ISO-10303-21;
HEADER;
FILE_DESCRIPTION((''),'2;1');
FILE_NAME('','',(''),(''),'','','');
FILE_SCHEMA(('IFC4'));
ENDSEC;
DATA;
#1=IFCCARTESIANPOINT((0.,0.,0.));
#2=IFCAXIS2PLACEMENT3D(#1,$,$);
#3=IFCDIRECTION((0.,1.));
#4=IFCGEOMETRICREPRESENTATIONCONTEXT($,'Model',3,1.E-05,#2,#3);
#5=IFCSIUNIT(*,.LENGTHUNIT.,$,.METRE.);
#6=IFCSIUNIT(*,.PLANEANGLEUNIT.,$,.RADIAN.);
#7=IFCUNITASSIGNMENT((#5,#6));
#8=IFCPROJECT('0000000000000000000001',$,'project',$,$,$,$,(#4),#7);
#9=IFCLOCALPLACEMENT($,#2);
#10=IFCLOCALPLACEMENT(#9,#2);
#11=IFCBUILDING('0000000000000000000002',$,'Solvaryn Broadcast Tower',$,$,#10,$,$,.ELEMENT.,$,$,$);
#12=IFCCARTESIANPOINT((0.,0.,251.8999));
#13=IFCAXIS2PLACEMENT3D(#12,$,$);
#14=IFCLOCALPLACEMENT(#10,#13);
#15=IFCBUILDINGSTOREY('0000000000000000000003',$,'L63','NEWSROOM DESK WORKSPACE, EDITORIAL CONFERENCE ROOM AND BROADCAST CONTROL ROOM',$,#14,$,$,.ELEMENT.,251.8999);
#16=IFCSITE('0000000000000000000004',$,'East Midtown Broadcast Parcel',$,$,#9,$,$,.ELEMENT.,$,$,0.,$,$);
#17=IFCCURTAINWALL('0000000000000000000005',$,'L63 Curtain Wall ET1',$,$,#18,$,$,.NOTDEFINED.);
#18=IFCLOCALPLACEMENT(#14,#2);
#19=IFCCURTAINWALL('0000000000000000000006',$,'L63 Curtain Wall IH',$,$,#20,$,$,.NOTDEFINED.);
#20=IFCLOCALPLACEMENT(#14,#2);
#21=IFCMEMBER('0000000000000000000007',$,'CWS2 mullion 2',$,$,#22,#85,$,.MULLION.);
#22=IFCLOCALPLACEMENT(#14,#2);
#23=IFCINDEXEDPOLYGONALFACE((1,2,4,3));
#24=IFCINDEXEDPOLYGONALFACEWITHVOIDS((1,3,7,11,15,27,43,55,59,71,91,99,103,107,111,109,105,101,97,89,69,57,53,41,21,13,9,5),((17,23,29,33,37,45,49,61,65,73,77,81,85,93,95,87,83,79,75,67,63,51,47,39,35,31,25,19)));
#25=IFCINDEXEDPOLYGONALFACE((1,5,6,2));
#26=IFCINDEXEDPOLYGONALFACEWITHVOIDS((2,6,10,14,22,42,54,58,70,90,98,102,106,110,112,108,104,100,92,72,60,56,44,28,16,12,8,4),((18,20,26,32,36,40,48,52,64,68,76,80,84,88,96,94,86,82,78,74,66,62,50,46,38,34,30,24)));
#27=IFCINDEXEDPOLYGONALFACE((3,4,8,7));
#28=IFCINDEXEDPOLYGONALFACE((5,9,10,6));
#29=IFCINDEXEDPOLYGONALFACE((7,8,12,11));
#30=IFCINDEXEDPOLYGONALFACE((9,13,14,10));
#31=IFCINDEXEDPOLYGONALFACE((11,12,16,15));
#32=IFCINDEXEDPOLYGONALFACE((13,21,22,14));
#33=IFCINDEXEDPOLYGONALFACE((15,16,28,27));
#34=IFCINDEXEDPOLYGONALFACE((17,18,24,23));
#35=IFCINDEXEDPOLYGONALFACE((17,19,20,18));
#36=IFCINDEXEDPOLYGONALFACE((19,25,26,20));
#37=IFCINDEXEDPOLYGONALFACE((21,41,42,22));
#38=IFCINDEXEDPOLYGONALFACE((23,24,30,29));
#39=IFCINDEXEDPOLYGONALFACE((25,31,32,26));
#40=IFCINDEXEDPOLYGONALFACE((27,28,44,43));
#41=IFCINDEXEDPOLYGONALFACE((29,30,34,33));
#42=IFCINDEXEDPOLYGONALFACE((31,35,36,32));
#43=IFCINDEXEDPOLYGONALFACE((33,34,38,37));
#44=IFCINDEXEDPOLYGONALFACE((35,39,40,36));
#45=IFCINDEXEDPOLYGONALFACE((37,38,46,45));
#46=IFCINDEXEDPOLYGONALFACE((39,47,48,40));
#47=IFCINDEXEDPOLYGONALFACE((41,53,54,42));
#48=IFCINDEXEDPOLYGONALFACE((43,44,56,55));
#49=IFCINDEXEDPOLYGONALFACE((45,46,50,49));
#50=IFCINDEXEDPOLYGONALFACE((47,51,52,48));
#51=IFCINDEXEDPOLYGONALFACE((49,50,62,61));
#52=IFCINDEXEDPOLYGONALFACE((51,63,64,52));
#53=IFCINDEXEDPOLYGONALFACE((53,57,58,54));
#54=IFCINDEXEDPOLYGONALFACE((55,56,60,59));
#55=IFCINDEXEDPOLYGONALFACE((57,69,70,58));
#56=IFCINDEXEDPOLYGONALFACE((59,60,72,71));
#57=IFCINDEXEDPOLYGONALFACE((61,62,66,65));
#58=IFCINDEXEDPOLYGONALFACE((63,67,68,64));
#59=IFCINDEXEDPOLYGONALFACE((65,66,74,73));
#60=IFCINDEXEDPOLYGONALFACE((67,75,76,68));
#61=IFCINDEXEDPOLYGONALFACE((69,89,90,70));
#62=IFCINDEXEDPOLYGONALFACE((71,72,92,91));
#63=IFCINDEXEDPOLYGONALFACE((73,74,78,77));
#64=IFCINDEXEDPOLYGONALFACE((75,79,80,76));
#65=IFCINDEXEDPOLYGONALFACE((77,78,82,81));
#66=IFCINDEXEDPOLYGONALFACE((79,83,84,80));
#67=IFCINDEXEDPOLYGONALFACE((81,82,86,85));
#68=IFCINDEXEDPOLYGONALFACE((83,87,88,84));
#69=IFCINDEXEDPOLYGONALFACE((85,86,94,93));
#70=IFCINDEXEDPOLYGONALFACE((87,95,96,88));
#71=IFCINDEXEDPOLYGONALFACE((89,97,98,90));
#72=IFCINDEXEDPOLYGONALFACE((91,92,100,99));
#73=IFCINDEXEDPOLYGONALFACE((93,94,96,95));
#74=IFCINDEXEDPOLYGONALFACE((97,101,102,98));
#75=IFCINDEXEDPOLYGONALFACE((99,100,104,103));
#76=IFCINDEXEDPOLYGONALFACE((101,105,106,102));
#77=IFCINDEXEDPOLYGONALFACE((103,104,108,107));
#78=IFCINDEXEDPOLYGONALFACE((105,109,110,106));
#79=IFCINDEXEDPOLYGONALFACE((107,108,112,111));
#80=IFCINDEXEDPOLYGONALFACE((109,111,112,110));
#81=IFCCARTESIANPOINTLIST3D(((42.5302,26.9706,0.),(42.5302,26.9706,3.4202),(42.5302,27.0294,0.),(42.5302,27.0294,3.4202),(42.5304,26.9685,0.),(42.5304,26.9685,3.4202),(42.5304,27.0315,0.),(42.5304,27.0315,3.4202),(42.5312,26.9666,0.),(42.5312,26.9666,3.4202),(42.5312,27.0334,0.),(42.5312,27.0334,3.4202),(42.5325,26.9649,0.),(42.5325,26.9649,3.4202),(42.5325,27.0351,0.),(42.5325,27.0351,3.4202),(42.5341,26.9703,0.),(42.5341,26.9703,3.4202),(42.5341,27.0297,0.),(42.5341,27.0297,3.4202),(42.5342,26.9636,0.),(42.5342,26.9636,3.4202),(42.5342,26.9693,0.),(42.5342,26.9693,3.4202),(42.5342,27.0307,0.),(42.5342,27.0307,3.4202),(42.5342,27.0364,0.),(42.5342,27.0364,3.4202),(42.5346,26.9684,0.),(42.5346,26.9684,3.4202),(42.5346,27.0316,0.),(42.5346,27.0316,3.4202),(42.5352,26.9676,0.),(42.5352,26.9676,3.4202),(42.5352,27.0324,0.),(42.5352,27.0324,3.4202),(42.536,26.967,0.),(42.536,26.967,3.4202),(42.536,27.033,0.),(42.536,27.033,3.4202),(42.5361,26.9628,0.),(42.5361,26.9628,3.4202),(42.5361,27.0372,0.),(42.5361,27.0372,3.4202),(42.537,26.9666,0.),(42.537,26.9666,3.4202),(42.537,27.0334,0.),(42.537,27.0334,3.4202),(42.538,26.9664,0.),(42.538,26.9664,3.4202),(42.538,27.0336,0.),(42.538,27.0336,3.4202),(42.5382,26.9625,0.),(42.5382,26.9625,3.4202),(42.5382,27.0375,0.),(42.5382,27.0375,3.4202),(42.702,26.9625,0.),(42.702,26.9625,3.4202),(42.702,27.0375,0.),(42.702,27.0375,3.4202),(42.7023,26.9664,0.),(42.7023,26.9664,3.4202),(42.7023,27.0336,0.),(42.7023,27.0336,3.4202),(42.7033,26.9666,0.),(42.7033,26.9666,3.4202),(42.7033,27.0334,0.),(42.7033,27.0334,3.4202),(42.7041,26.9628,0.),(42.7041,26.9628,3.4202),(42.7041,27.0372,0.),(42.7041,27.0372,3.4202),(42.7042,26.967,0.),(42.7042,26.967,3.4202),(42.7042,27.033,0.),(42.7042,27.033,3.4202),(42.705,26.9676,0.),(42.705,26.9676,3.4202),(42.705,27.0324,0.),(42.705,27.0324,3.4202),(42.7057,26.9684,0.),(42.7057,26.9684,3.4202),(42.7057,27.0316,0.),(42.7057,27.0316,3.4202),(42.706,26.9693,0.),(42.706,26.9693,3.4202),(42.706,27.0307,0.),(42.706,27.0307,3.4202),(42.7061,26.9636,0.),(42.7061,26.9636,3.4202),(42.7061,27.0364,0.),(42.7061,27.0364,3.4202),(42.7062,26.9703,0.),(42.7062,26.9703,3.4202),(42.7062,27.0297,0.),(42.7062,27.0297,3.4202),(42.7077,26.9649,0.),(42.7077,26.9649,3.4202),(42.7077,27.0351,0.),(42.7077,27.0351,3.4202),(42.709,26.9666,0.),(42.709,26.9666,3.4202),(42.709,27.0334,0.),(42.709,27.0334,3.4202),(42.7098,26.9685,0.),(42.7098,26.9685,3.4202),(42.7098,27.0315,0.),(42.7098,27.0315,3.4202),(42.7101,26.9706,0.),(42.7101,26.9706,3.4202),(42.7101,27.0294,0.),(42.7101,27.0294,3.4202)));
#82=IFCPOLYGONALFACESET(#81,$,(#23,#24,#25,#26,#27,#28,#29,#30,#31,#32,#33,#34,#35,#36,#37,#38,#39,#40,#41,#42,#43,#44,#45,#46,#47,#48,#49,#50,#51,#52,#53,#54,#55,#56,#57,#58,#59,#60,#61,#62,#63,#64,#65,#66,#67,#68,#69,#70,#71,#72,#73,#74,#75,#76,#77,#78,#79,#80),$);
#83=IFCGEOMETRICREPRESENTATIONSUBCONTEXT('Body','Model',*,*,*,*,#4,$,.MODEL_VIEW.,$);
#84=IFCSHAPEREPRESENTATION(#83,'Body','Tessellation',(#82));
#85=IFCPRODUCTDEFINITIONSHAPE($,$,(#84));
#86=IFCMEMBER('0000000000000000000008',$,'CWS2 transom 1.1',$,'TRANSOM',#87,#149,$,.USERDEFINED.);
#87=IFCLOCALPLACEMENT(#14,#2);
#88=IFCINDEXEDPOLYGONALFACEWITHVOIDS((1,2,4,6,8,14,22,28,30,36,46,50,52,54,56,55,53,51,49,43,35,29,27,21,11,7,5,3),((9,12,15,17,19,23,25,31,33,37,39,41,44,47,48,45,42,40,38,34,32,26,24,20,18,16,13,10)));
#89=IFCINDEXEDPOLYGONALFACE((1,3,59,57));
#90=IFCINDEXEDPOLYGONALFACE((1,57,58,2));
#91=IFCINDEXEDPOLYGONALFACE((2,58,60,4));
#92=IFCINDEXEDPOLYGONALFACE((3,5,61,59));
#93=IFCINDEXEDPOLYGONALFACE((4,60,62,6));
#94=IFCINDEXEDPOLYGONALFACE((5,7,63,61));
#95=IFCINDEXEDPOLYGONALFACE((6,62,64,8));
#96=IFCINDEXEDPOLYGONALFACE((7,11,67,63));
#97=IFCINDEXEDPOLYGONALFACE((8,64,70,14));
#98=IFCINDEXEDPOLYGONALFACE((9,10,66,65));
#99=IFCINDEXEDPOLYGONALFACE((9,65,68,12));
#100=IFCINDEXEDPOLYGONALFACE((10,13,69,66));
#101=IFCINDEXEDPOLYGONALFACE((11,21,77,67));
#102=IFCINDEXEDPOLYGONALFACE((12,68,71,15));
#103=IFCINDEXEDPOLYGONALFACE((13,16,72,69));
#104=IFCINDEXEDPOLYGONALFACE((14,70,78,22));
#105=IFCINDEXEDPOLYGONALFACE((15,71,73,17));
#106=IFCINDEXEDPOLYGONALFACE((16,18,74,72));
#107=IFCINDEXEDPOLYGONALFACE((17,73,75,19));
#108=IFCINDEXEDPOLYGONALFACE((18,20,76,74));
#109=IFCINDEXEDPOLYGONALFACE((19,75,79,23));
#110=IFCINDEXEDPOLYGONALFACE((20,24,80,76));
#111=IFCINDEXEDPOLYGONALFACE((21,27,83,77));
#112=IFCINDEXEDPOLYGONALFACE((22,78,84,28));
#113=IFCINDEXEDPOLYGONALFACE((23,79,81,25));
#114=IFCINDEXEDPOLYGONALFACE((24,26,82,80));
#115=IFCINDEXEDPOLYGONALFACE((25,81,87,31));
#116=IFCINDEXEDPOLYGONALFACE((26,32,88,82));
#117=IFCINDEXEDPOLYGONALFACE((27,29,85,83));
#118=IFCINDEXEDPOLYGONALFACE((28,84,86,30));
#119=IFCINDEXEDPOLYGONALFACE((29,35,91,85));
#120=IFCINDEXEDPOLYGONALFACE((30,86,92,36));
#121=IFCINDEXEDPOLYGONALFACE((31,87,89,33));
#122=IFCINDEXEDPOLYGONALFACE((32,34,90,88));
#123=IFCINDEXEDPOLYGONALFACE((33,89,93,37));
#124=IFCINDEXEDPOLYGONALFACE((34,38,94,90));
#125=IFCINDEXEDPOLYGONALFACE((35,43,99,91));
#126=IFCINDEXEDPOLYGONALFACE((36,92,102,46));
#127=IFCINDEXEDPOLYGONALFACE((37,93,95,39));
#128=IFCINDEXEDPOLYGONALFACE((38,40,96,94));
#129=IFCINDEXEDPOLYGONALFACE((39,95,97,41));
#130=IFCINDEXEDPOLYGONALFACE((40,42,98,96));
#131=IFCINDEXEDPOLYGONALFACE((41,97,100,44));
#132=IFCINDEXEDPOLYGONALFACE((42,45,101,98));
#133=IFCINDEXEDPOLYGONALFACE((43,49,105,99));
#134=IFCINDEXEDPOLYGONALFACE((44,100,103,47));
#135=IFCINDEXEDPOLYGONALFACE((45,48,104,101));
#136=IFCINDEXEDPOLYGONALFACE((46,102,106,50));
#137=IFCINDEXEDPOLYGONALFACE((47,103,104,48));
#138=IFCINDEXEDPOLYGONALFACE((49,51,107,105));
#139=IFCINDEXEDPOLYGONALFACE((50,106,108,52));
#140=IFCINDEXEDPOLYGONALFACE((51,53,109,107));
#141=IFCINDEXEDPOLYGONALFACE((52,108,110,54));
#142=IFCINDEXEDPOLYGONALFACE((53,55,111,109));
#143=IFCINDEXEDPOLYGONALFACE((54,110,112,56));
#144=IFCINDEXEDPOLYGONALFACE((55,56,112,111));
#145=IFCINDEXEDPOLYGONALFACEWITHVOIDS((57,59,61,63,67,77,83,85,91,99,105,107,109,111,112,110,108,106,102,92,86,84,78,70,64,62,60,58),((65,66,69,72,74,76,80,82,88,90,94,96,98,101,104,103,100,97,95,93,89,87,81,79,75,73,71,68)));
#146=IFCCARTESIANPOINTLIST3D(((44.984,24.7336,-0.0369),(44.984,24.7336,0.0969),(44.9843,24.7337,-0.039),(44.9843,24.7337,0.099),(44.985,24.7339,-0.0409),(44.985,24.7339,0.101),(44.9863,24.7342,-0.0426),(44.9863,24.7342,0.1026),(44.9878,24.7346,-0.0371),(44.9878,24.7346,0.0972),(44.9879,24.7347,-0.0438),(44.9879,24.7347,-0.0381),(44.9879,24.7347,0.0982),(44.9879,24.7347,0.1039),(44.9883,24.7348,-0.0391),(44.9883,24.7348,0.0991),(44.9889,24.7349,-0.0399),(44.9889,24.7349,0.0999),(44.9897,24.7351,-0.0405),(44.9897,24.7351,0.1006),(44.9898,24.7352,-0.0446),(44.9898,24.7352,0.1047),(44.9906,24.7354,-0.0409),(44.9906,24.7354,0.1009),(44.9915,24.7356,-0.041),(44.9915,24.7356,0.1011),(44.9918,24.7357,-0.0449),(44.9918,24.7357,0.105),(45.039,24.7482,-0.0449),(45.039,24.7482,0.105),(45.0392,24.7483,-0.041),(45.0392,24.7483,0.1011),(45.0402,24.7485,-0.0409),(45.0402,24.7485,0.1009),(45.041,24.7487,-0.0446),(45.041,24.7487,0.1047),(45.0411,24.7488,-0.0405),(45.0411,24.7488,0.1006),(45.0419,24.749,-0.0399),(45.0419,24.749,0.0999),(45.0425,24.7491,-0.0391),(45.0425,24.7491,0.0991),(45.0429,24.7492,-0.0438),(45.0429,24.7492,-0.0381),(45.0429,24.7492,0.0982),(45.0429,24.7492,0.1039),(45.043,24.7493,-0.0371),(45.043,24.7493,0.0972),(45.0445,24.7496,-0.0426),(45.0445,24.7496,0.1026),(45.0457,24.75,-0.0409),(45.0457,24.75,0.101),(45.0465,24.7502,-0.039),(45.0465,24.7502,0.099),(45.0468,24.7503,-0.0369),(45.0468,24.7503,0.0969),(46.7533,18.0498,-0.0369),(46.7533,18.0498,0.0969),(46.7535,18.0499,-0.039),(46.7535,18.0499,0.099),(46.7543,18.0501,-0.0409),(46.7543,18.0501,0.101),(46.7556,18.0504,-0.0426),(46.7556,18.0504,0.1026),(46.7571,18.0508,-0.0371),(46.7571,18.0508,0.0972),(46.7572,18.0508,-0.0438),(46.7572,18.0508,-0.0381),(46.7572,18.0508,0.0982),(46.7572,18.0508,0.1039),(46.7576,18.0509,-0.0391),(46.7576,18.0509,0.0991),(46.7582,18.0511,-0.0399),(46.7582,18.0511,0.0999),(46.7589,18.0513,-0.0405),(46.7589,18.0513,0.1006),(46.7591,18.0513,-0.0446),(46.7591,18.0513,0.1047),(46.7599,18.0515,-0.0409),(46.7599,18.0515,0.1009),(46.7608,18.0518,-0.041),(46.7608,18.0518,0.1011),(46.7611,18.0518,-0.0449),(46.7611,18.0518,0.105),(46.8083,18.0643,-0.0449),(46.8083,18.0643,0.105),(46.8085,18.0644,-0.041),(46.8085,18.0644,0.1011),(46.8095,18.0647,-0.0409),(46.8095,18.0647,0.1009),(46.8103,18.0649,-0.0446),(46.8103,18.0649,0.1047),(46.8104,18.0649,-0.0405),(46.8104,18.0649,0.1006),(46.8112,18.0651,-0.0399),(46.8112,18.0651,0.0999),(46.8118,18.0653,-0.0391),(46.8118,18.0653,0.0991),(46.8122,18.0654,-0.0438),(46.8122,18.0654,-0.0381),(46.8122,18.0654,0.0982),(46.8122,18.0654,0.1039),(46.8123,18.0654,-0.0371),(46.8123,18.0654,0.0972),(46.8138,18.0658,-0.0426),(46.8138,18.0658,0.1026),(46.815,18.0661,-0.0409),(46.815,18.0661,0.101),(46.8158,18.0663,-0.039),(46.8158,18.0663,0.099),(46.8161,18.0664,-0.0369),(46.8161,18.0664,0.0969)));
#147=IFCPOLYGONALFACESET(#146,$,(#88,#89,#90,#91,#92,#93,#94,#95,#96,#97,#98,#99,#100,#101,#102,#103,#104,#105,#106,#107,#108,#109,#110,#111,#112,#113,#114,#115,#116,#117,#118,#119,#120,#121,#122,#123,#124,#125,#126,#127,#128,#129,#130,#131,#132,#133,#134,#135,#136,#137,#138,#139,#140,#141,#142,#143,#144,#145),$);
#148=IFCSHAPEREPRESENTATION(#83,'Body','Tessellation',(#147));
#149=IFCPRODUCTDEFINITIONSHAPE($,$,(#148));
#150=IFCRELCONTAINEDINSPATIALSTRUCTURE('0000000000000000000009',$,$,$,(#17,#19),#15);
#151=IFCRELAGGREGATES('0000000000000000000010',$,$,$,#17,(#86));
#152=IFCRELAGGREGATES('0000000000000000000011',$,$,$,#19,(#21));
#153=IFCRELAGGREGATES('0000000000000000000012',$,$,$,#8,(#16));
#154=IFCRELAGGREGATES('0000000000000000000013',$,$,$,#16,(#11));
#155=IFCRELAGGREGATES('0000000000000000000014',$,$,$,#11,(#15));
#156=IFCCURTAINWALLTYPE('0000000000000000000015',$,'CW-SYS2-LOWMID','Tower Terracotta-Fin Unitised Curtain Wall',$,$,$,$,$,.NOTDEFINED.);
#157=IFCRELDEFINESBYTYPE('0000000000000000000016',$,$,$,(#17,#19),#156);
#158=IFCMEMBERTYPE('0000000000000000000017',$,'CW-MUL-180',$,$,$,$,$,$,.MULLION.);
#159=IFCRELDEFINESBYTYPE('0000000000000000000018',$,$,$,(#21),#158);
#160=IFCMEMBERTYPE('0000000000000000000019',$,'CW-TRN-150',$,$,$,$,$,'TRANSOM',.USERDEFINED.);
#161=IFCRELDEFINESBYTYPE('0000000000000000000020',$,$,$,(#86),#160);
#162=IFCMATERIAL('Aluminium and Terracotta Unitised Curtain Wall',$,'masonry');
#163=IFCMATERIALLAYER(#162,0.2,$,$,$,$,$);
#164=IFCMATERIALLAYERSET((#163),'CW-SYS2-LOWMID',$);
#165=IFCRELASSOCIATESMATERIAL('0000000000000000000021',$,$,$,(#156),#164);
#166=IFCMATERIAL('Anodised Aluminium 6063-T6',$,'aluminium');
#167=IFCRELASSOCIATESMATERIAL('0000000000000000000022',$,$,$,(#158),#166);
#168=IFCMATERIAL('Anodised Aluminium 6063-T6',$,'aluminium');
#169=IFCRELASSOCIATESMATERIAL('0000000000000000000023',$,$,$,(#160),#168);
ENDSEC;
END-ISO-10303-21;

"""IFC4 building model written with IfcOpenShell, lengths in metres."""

from ifc_helpers import new_model, si_unit, direction, frame, origin, origin_2d, place, context, subcontext, project, spatial, hollow_rectangle, extrude, material, layer, layer_set, material_profile, profile_set, type_object, element, aggregate, save


model = new_model("IFC4")

# Units and contexts
model_context = context("Model", 3, precision=1e-05, world=origin(), true_north=direction((0.0, 1.0)))
body_context = subcontext(model_context, "Body", "Model", "MODEL_VIEW")
ifc_project = project(units=[si_unit("LENGTHUNIT", "METRE"), si_unit("PLANEANGLEUNIT", "RADIAN")], contexts=[model_context])

# Site, building, storey
site_placement = place(None, origin())
site = spatial("IfcSite", under=ifc_project, at=site_placement, Name="East Midtown Broadcast Parcel", CompositionType="ELEMENT", RefElevation=0.0)
building_placement = place(site_placement, origin())
building = spatial("IfcBuilding", under=site, at=building_placement, Name="Solvaryn Broadcast Tower", CompositionType="ELEMENT")
storey_placement = place(building_placement, frame((0.0, 0.0, 251.8999)))
storey = spatial("IfcBuildingStorey", under=building, at=storey_placement, Name="L63", Description="NEWSROOM DESK WORKSPACE, EDITORIAL CONFERENCE ROOM AND BROADCAST CONTROL ROOM", CompositionType="ELEMENT", Elevation=251.8999)

# Curtain wall
ifc_material_1 = material(Name="Aluminium and Terracotta Unitised Curtain Wall", Category="masonry")
ifc_layer_1 = layer(ifc_material_1, 0.2)
ifc_layer_set_1 = layer_set([ifc_layer_1], Name="CW-SYS2-LOWMID")
curtain_wall_type = type_object("IfcCurtainWallType", Name="CW-SYS2-LOWMID", Description="Tower Terracotta-Fin Unitised Curtain Wall", PredefinedType="NOTDEFINED", material=ifc_layer_set_1)
curtain_wall_1_placement = place(storey_placement, origin())
curtain_wall_1 = element("IfcCurtainWall", 1, at=curtain_wall_1_placement, inside=storey, type_object=curtain_wall_type, Name="L63 Curtain Wall ET1", PredefinedType="NOTDEFINED")
ifc_material_2 = material(Name="Anodised Aluminium 6063-T6", Category="aluminium")
ifc_material_profile_1 = material_profile(ifc_material_2, hollow_rectangle(XDim=0.075, YDim=0.1799, WallThickness=0.0039, InnerFilletRadius=0.0039, OuterFilletRadius=0.0081, at=origin_2d()))
ifc_profile_set_1 = profile_set([ifc_material_profile_1], Name="Anodised Aluminium 6063-T6")
member_type_1 = type_object("IfcMemberType", Name="CW-MUL-180", PredefinedType="MULLION", material=ifc_profile_set_1)

# Curtain wall, member
curtain_wall_2_placement = place(storey_placement, origin())
curtain_wall_2 = element("IfcCurtainWall", 2, at=curtain_wall_2_placement, inside=storey, type_object=curtain_wall_type, Name="L63 Curtain Wall IH", PredefinedType="NOTDEFINED")
member_1_placement = place(storey_placement, frame((42.6201, 27.0, 0.0), z_axis=(0.0, 0.0, 1.0), x_axis=(0.0, 1.0, 0.0)))
member_1 = element("IfcMember", 3, at=member_1_placement, type_object=member_type_1, Name="CWS2 mullion 2", PredefinedType="MULLION", context=body_context, shape_type="SweptSolid", body=[
    extrude(hollow_rectangle(XDim=0.075, YDim=0.1799, WallThickness=0.0039, InnerFilletRadius=0.0039, OuterFilletRadius=0.0081, at=origin_2d()), origin(), (0.0, 0.0, 1.0), 3.4202),
])

# Member
ifc_material_3 = material(Name="Anodised Aluminium 6063-T6", Category="aluminium")
ifc_material_profile_2 = material_profile(ifc_material_3, hollow_rectangle(XDim=0.0649, YDim=0.1499, WallThickness=0.0039, InnerFilletRadius=0.0039, OuterFilletRadius=0.0081, at=origin_2d()))
ifc_profile_set_2 = profile_set([ifc_material_profile_2], Name="Anodised Aluminium 6063-T6")
member_type_2 = type_object("IfcMemberType", Name="CW-TRN-150", ElementType="TRANSOM", PredefinedType="USERDEFINED", material=ifc_profile_set_2)
member_2_placement = place(storey_placement, frame((45.0154, 24.7419, 0.03), z_axis=(0.255897, -0.966704, 0.0), x_axis=(0.966704, 0.255897, 0.0)))
member_2 = element("IfcMember", 4, at=member_2_placement, type_object=member_type_2, Name="CWS2 transom 1.1", ObjectType="TRANSOM", PredefinedType="USERDEFINED", context=body_context, shape_type="SweptSolid", body=[
    extrude(hollow_rectangle(XDim=0.0649, YDim=0.1499, WallThickness=0.0039, InnerFilletRadius=0.0039, OuterFilletRadius=0.0081, at=origin_2d()), origin(), (0.0, 0.0, 1.0), 6.9141),
])

aggregate(curtain_wall_1, [member_2])
aggregate(curtain_wall_2, [member_1])

save(model, "model.ifc")
